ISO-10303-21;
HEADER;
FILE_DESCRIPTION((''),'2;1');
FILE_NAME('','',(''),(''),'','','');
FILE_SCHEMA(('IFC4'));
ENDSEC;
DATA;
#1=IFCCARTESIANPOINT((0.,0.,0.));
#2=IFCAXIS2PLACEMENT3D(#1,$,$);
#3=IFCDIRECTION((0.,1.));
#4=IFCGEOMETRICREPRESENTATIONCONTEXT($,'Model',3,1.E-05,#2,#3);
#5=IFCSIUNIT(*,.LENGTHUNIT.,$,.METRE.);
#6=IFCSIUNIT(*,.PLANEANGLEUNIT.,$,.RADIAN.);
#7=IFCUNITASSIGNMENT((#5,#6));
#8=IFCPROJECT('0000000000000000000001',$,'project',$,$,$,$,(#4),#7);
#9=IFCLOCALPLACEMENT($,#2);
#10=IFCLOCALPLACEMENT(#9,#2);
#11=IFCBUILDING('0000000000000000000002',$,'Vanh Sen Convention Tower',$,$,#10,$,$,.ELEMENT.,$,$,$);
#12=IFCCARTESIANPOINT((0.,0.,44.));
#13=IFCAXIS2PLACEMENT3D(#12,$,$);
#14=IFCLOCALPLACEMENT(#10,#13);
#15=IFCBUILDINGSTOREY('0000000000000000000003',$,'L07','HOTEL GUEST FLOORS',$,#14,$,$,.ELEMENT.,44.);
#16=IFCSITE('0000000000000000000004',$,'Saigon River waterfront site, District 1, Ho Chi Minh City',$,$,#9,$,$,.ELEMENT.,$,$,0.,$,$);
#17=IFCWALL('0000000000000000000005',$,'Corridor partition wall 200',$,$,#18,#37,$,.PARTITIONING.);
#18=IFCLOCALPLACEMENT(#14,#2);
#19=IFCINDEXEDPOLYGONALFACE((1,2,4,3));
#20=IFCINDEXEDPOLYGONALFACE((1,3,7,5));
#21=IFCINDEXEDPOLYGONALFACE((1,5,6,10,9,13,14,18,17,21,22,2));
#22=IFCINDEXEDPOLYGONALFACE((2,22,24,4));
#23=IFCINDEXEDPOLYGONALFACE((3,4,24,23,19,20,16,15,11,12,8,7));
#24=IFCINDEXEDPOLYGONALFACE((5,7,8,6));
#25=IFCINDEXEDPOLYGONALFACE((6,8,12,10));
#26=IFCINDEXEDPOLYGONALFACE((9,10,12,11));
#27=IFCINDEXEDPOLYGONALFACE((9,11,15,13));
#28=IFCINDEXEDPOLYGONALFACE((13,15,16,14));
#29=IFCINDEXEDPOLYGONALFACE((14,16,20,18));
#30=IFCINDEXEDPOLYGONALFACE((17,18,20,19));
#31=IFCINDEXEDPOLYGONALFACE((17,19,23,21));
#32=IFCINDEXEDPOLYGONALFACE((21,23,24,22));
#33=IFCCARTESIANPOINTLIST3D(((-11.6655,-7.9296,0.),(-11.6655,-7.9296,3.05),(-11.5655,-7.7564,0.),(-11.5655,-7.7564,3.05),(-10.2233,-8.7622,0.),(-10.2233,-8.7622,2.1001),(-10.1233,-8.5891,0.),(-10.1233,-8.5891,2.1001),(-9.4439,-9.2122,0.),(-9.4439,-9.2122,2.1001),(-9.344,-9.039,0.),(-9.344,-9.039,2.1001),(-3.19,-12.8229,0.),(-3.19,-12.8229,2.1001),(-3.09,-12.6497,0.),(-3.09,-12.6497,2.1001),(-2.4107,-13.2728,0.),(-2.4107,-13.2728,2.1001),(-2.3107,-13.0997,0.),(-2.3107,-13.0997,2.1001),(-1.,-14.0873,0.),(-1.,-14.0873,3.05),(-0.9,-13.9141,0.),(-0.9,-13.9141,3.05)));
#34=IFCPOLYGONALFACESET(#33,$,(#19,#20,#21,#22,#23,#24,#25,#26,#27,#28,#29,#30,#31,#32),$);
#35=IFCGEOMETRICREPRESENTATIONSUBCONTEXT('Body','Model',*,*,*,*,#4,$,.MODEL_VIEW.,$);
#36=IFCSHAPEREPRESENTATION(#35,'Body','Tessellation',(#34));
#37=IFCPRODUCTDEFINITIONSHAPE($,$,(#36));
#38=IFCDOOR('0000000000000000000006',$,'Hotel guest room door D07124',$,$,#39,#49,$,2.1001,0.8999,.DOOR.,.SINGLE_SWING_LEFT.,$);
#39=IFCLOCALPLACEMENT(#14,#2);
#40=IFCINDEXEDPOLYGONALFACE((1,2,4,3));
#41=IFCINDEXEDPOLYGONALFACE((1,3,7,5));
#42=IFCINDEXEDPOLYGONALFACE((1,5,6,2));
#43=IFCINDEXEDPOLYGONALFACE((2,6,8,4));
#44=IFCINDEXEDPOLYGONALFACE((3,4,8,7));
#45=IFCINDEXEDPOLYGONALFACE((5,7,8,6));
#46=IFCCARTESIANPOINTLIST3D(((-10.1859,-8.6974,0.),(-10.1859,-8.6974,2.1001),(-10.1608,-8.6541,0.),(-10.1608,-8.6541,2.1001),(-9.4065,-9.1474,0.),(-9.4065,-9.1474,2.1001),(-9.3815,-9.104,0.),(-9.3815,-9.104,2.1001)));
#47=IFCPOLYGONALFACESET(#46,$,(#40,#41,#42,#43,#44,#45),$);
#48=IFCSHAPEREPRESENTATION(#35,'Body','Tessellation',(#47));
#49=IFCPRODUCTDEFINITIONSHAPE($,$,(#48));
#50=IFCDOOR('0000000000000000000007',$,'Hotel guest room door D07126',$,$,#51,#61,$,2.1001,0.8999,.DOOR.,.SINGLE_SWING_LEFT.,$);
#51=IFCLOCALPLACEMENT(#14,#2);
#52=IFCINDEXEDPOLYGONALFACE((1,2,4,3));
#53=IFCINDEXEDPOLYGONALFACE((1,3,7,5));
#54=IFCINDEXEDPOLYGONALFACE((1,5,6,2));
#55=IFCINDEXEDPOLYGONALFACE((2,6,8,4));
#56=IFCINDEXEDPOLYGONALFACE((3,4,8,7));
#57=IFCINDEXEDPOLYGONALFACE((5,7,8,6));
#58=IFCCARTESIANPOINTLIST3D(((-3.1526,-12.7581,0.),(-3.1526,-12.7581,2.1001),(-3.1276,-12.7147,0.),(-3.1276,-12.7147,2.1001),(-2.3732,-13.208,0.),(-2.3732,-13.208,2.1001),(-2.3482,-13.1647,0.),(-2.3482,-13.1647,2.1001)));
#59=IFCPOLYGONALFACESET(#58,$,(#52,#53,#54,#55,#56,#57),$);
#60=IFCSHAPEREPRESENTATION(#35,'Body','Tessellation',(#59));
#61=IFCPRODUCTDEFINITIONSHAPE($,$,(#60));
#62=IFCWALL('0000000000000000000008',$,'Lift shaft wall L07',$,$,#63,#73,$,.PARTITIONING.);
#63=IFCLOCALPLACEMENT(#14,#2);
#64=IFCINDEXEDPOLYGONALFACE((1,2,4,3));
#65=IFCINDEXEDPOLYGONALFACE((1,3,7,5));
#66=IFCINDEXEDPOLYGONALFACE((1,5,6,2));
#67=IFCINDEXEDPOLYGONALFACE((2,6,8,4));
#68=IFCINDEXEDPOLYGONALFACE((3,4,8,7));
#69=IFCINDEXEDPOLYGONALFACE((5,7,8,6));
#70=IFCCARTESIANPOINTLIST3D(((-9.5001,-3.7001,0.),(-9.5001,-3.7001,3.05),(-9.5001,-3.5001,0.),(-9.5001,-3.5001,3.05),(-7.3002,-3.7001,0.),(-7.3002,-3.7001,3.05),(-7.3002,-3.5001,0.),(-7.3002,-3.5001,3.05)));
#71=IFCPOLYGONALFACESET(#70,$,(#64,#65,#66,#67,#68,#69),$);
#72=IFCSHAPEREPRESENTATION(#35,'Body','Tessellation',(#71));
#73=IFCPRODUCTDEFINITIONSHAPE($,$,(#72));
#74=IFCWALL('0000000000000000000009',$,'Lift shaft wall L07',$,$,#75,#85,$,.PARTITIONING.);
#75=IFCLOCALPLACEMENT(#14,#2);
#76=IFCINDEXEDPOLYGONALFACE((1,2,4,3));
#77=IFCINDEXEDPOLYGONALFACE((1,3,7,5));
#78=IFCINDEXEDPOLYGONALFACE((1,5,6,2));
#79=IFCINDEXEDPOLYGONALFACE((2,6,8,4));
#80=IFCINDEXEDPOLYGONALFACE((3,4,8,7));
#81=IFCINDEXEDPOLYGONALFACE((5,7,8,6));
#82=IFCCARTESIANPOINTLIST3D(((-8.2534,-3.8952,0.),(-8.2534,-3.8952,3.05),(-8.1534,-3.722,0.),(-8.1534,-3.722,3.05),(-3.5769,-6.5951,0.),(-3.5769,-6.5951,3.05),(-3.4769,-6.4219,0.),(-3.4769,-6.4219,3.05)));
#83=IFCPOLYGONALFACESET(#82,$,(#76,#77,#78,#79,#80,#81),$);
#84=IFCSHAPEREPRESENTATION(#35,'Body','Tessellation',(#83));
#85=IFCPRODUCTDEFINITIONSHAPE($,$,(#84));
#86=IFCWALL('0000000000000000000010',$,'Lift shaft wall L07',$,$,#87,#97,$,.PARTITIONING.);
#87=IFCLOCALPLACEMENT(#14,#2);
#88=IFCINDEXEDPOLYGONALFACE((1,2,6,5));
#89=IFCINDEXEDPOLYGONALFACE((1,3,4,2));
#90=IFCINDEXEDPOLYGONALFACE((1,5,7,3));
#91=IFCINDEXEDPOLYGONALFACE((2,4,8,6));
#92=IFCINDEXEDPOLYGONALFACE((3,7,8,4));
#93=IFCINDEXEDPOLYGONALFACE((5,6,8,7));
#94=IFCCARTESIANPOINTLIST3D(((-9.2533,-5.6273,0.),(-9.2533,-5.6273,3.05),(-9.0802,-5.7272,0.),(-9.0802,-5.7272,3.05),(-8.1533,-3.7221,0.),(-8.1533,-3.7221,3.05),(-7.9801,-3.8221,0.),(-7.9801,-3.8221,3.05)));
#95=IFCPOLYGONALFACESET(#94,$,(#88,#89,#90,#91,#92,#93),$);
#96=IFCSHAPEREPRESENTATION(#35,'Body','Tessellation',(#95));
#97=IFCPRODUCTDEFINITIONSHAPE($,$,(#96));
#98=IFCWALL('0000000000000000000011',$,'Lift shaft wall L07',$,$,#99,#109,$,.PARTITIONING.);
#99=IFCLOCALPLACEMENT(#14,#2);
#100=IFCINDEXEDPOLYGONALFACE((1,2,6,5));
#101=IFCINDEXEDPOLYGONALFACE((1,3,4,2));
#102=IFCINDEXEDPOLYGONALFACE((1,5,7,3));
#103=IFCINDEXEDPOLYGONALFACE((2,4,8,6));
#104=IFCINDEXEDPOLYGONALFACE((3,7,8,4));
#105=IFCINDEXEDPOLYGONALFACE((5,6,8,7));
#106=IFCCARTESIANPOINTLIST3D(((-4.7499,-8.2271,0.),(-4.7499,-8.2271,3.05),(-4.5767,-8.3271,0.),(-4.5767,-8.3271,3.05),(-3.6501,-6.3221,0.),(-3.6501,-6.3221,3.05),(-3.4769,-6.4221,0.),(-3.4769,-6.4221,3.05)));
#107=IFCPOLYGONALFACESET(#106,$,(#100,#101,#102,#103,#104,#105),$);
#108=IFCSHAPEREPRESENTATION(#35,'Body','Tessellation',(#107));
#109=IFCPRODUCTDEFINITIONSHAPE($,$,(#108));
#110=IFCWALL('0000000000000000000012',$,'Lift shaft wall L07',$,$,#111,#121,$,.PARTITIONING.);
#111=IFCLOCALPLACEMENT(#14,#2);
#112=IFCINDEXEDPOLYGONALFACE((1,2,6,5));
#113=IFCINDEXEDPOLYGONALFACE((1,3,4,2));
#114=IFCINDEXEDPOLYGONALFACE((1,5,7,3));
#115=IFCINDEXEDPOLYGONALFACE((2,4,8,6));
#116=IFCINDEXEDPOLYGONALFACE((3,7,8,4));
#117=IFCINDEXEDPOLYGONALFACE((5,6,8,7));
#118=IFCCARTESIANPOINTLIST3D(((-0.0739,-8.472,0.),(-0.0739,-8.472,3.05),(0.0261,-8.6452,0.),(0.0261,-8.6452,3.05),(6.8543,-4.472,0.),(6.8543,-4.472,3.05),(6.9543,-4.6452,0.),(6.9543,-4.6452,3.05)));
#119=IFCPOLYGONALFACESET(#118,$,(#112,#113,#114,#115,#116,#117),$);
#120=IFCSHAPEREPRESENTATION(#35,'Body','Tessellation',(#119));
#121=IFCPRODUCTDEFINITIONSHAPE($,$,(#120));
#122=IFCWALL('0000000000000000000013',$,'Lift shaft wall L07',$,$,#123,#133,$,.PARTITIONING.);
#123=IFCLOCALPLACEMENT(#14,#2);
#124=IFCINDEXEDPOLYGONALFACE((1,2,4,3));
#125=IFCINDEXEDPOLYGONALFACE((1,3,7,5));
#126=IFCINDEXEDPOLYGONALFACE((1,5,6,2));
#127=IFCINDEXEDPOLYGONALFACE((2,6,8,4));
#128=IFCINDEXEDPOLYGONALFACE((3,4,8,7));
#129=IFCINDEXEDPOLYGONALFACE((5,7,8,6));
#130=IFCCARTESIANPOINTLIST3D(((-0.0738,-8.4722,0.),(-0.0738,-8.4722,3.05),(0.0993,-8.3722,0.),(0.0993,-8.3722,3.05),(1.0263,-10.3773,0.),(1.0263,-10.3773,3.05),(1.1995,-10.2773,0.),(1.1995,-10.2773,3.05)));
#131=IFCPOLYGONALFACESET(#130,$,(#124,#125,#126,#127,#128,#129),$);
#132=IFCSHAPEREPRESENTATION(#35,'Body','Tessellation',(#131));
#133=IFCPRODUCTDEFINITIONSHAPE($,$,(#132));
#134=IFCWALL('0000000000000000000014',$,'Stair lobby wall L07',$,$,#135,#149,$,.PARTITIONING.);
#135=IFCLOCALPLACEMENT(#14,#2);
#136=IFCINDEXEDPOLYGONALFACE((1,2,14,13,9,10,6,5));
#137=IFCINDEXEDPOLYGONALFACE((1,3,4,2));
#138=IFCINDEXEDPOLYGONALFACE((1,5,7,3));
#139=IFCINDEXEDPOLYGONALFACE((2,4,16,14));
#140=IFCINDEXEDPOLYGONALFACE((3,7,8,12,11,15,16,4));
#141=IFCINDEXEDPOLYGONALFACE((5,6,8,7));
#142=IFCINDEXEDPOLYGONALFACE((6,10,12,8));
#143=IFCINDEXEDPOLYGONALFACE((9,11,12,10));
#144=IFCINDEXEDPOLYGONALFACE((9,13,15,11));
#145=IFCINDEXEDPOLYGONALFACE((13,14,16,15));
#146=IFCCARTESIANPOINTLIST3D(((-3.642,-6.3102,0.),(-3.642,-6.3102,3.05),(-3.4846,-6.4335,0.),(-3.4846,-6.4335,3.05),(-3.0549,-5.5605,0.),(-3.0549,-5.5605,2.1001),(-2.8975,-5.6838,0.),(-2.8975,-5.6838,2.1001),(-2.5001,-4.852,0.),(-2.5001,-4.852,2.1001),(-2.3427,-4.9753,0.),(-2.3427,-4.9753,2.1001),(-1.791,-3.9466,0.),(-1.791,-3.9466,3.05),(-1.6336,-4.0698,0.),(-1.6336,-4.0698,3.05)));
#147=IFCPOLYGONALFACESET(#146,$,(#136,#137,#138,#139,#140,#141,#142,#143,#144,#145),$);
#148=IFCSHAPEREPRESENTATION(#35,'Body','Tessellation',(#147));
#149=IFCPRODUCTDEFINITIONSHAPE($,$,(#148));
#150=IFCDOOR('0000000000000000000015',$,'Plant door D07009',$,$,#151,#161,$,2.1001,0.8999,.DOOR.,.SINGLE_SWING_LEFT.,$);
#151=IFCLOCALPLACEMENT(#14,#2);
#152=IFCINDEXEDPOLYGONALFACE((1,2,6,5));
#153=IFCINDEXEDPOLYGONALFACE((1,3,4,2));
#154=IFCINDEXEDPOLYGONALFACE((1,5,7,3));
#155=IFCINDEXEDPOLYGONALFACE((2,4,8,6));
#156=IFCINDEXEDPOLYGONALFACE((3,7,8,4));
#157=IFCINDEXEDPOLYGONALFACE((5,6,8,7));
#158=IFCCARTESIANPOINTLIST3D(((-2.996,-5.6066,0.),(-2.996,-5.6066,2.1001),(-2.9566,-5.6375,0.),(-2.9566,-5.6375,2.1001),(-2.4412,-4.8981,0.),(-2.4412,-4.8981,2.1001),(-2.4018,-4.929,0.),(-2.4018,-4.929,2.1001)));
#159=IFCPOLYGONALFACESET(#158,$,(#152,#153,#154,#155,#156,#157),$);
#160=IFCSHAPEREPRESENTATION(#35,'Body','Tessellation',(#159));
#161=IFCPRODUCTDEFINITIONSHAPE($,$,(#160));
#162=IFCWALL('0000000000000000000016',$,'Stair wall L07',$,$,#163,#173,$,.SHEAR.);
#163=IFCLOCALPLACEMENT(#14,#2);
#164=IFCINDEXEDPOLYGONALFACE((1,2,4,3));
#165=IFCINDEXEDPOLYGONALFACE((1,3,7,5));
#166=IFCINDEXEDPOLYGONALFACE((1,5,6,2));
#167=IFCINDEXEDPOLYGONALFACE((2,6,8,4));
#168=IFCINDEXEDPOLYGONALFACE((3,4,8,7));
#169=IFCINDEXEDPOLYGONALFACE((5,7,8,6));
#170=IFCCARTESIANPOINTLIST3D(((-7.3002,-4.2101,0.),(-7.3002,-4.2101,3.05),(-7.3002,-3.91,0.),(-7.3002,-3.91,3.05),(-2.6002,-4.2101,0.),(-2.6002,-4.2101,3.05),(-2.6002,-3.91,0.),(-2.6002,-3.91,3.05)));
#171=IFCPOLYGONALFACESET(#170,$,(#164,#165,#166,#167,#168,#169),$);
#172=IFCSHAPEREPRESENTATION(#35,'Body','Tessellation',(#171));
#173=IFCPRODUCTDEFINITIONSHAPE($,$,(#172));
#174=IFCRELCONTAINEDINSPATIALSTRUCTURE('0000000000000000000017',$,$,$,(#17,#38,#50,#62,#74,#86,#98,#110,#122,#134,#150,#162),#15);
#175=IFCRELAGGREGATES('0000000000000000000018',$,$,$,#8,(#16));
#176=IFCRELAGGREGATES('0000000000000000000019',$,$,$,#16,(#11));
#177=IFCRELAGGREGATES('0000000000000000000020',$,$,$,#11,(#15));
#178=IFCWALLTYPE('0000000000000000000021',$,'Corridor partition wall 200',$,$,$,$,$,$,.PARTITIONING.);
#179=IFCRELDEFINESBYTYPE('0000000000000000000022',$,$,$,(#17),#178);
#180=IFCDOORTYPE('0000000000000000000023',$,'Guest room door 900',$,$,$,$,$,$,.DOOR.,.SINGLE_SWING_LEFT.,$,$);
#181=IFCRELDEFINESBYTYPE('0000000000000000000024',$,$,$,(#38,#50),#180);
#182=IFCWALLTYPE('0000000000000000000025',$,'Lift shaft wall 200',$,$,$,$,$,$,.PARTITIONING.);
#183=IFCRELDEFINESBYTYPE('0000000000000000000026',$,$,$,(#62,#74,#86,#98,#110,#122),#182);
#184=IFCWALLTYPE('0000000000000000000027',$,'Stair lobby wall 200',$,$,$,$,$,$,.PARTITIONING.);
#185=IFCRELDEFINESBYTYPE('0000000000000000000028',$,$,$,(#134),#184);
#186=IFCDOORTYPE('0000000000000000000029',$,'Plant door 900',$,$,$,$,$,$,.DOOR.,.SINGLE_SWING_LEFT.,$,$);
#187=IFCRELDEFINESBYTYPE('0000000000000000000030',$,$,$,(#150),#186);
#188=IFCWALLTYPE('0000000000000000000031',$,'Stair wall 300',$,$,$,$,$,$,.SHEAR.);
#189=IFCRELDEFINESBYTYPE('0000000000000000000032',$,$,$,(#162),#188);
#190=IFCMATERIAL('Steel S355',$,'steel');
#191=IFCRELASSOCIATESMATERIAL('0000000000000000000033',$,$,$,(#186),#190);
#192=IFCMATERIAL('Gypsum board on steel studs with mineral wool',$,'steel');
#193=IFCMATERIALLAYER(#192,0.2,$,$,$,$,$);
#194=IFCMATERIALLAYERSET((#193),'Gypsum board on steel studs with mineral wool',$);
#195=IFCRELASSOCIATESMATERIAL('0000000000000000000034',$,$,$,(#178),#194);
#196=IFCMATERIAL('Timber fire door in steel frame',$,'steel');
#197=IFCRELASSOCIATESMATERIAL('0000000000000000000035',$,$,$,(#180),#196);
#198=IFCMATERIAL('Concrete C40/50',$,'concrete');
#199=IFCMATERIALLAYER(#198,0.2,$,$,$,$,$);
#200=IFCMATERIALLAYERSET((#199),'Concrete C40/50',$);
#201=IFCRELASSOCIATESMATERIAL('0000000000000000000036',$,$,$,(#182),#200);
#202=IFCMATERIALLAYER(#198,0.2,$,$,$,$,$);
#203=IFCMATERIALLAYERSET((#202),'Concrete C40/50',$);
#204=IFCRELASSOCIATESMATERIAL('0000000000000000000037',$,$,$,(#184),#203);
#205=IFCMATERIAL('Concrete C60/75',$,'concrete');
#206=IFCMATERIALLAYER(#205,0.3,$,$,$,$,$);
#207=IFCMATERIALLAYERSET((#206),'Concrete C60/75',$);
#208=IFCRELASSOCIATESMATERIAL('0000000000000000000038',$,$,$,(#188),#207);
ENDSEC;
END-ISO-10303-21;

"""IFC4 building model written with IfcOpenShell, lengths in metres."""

from ifc_helpers import new_model, si_unit, direction, frame, frame_2d, origin, place, context, subcontext, project, spatial, rectangle, extrude, material, layer, layer_set, type_object, element, fill, save


model = new_model("IFC4")

# Units and contexts
model_context = context("Model", 3, precision=1e-05, world=origin(), true_north=direction((0.0, 1.0)))
body_context = subcontext(model_context, "Body", "Model", "MODEL_VIEW")
ifc_project = project(units=[si_unit("LENGTHUNIT", "METRE"), si_unit("PLANEANGLEUNIT", "RADIAN")], contexts=[model_context])

# Site, building, storey
site_placement = place(None, origin())
site = spatial("IfcSite", under=ifc_project, at=site_placement, Name="Saigon River waterfront site, District 1, Ho Chi Minh City", CompositionType="ELEMENT", RefElevation=0.0)
building_placement = place(site_placement, origin())
building = spatial("IfcBuilding", under=site, at=building_placement, Name="Vanh Sen Convention Tower", CompositionType="ELEMENT")
storey_placement = place(building_placement, frame((0.0, 0.0, 44.0)))
storey = spatial("IfcBuildingStorey", under=building, at=storey_placement, Name="L07", Description="HOTEL GUEST FLOORS", CompositionType="ELEMENT", Elevation=44.0)

# Shared definitions
ifc_material_1 = material(Name="Concrete C40/50", Category="concrete")

# Shared definitions
ifc_material_2 = material(Name="Steel S355", Category="steel")
door_type_1 = type_object("IfcDoorType", Name="Plant door 900", OperationType="SINGLE_SWING_LEFT", PredefinedType="DOOR", material=ifc_material_2)

# Shared definitions
ifc_material_3 = material(Name="Gypsum board on steel studs with mineral wool", Category="steel")
ifc_layer_1 = layer(ifc_material_3, 0.2)
ifc_layer_set_1 = layer_set([ifc_layer_1], Name="Gypsum board on steel studs with mineral wool")
wall_type_1 = type_object("IfcWallType", Name="Corridor partition wall 200", PredefinedType="PARTITIONING", material=ifc_layer_set_1)
ifc_material_4 = material(Name="Timber fire door in steel frame", Category="steel")
door_type_2 = type_object("IfcDoorType", Name="Guest room door 900", OperationType="SINGLE_SWING_LEFT", PredefinedType="DOOR", material=ifc_material_4)

# Wall, openings, doors
wall_1_placement = place(storey_placement, frame((-11.6155, -7.843, 0.0), z_axis=(0.0, 0.0, 1.0), x_axis=(0.866026, -0.499998, 0.0)))
wall_1 = element("IfcWall", 1, at=wall_1_placement, inside=storey, type_object=wall_type_1, Name="Corridor partition wall 200", PredefinedType="PARTITIONING", context=body_context, shape_type="SweptSolid", body=[
    extrude(rectangle(XDim=12.3154, YDim=0.2, at=frame_2d((6.1577, 0.0))), origin(), (0.0, 0.0, 1.0), 3.05),
])
opening_1_placement = place(wall_1_placement, frame((1.6653, 0.0, 0.0)))
opening_1 = element("IfcOpeningElement", 2, at=opening_1_placement, cuts=wall_1, PredefinedType="OPENING", context=body_context, shape_type="SweptSolid", body=[
    extrude(rectangle(XDim=0.8999, YDim=2.1001, at=frame_2d((0.45, 1.05))), frame((0.0, 0.1099, 0.0), z_axis=(0.0, -1.0, 0.0), x_axis=(1.0, 0.0, 0.0)), (0.0, 0.0, 1.0), 0.22),
])
opening_2_placement = place(wall_1_placement, frame((9.7866, 0.0, 0.0)))
opening_2 = element("IfcOpeningElement", 3, at=opening_2_placement, cuts=wall_1, PredefinedType="OPENING", context=body_context, shape_type="SweptSolid", body=[
    extrude(rectangle(XDim=0.8999, YDim=2.1001, at=frame_2d((0.45, 1.05))), frame((0.0, 0.1099, 0.0), z_axis=(0.0, -1.0, 0.0), x_axis=(1.0, 0.0, 0.0)), (0.0, 0.0, 1.0), 0.22),
])
door_1_placement = place(opening_1_placement, origin())
door_1 = element("IfcDoor", 4, at=door_1_placement, inside=storey, type_object=door_type_2, Name="Hotel guest room door D07124", OperationType="SINGLE_SWING_LEFT", OverallHeight=2.1001, OverallWidth=0.8999, PredefinedType="DOOR", context=body_context, shape_type="SweptSolid", body=[
    extrude(rectangle(XDim=0.8999, YDim=2.1001, at=frame_2d((0.45, 1.05))), frame((0.0, 0.0249, 0.0), z_axis=(0.0, -1.0, 0.0), x_axis=(1.0, 0.0, 0.0)), (0.0, 0.0, 1.0), 0.05),
])
fill(opening_1, door_1)
door_2_placement = place(opening_2_placement, origin())
door_2 = element("IfcDoor", 5, at=door_2_placement, inside=storey, type_object=door_type_2, Name="Hotel guest room door D07126", OperationType="SINGLE_SWING_LEFT", OverallHeight=2.1001, OverallWidth=0.8999, PredefinedType="DOOR", context=body_context, shape_type="SweptSolid", body=[
    extrude(rectangle(XDim=0.8999, YDim=2.1001, at=frame_2d((0.45, 1.05))), frame((0.0, 0.0249, 0.0), z_axis=(0.0, -1.0, 0.0), x_axis=(1.0, 0.0, 0.0)), (0.0, 0.0, 1.0), 0.05),
])
fill(opening_2, door_2)

# Walls
ifc_layer_2 = layer(ifc_material_1, 0.2)
ifc_layer_set_2 = layer_set([ifc_layer_2], Name="Concrete C40/50")
wall_type_2 = type_object("IfcWallType", Name="Lift shaft wall 200", PredefinedType="PARTITIONING", material=ifc_layer_set_2)
wall_2_placement = place(storey_placement, frame((-7.3, -3.6001, 0.0), z_axis=(0.0, 0.0, 1.0), x_axis=(-1.0, 0.0, 0.0)))
element("IfcWall", 6, at=wall_2_placement, inside=storey, type_object=wall_type_2, Name="Lift shaft wall L07", PredefinedType="PARTITIONING", context=body_context, shape_type="SweptSolid", body=[
    extrude(rectangle(XDim=2.2, YDim=0.2, at=frame_2d((1.1001, 0.0))), origin(), (0.0, 0.0, 1.0), 3.05),
])
wall_3_placement = place(storey_placement, frame((-8.2034, -3.8086, 0.0), z_axis=(0.0, 0.0, 1.0), x_axis=(0.866028, -0.499995, 0.0)))
element("IfcWall", 7, at=wall_3_placement, inside=storey, type_object=wall_type_2, Name="Lift shaft wall L07", PredefinedType="PARTITIONING", context=body_context, shape_type="SweptSolid", body=[
    extrude(rectangle(XDim=5.3999, YDim=0.2, at=frame_2d((2.7, 0.0))), origin(), (0.0, 0.0, 1.0), 3.05),
])
wall_4_placement = place(storey_placement, frame((-8.0667, -3.772, 0.0), z_axis=(0.0, 0.0, 1.0), x_axis=(-0.50003, -0.866008, 0.0)))
element("IfcWall", 8, at=wall_4_placement, inside=storey, type_object=wall_type_2, Name="Lift shaft wall L07", PredefinedType="PARTITIONING", context=body_context, shape_type="SweptSolid", body=[
    extrude(rectangle(XDim=2.2, YDim=0.2, at=frame_2d((1.1001, 0.0))), origin(), (0.0, 0.0, 1.0), 3.05),
])
wall_5_placement = place(storey_placement, frame((-3.5635, -6.3721, 0.0), z_axis=(0.0, 0.0, 1.0), x_axis=(-0.499995, -0.866028, 0.0)))
element("IfcWall", 9, at=wall_5_placement, inside=storey, type_object=wall_type_2, Name="Lift shaft wall L07", PredefinedType="PARTITIONING", context=body_context, shape_type="SweptSolid", body=[
    extrude(rectangle(XDim=2.1997, YDim=0.2, at=frame_2d((1.0999, 0.0))), origin(), (0.0, 0.0, 1.0), 3.05),
])
wall_6_placement = place(storey_placement, frame((-0.0239, -8.5586, 0.0), z_axis=(0.0, 0.0, 1.0), x_axis=(0.866026, 0.499999, 0.0)))
element("IfcWall", 10, at=wall_6_placement, inside=storey, type_object=wall_type_2, Name="Lift shaft wall L07", PredefinedType="PARTITIONING", context=body_context, shape_type="SweptSolid", body=[
    extrude(rectangle(XDim=8.0, YDim=0.2, at=frame_2d((4.0, 0.0))), origin(), (0.0, 0.0, 1.0), 3.05),
])
wall_7_placement = place(storey_placement, frame((0.0127, -8.4221, 0.0), z_axis=(0.0, 0.0, 1.0), x_axis=(0.500078, -0.86598, 0.0)))
element("IfcWall", 11, at=wall_7_placement, inside=storey, type_object=wall_type_2, Name="Lift shaft wall L07", PredefinedType="PARTITIONING", context=body_context, shape_type="SweptSolid", body=[
    extrude(rectangle(XDim=2.2, YDim=0.2, at=frame_2d((1.1001, 0.0))), origin(), (0.0, 0.0, 1.0), 3.05),
])

# Wall, opening, door
ifc_layer_3 = layer(ifc_material_1, 0.2)
ifc_layer_set_3 = layer_set([ifc_layer_3], Name="Concrete C40/50")
wall_type_3 = type_object("IfcWallType", Name="Stair lobby wall 200", PredefinedType="PARTITIONING", material=ifc_layer_set_3)
wall_8_placement = place(storey_placement, frame((-1.7124, -4.0083, 0.0), z_axis=(0.0, 0.0, 1.0), x_axis=(-0.616549, -0.787316, 0.0)))
wall_8 = element("IfcWall", 12, at=wall_8_placement, inside=storey, type_object=wall_type_3, Name="Stair lobby wall L07", PredefinedType="PARTITIONING", context=body_context, shape_type="SweptSolid", body=[
    extrude(rectangle(XDim=3.0022, YDim=0.2, at=frame_2d((1.501, 0.0))), origin(), (0.0, 0.0, 1.0), 3.05),
])
opening_3_placement = place(wall_8_placement, frame((1.1499, 0.0, 0.0)))
opening_3 = element("IfcOpeningElement", 13, at=opening_3_placement, cuts=wall_8, PredefinedType="OPENING", context=body_context, shape_type="SweptSolid", body=[
    extrude(rectangle(XDim=0.8999, YDim=2.1001, at=frame_2d((0.45, 1.05))), frame((0.0, 0.1099, 0.0), z_axis=(0.0, -1.0, 0.0), x_axis=(1.0, 0.0, 0.0)), (0.0, 0.0, 1.0), 0.22),
])
door_3_placement = place(opening_3_placement, origin())
door_3 = element("IfcDoor", 14, at=door_3_placement, inside=storey, type_object=door_type_1, Name="Plant door D07009", OperationType="SINGLE_SWING_LEFT", OverallHeight=2.1001, OverallWidth=0.8999, PredefinedType="DOOR", context=body_context, shape_type="SweptSolid", body=[
    extrude(rectangle(XDim=0.8999, YDim=2.1001, at=frame_2d((0.45, 1.05))), frame((0.0, 0.0249, 0.0), z_axis=(0.0, -1.0, 0.0), x_axis=(1.0, 0.0, 0.0)), (0.0, 0.0, 1.0), 0.05),
])
fill(opening_3, door_3)

# Wall
ifc_material_5 = material(Name="Concrete C60/75", Category="concrete")
ifc_layer_4 = layer(ifc_material_5, 0.3)
ifc_layer_set_4 = layer_set([ifc_layer_4], Name="Concrete C60/75")
wall_type_4 = type_object("IfcWallType", Name="Stair wall 300", PredefinedType="SHEAR", material=ifc_layer_set_4)
wall_9_placement = place(storey_placement, frame((-2.6001, -4.0601, 0.0), z_axis=(0.0, 0.0, 1.0), x_axis=(-1.0, 0.0, 0.0)))
element("IfcWall", 15, at=wall_9_placement, inside=storey, type_object=wall_type_4, Name="Stair wall L07", PredefinedType="SHEAR", context=body_context, shape_type="SweptSolid", body=[
    extrude(rectangle(XDim=4.7, YDim=0.3, at=frame_2d((2.3501, 0.0))), origin(), (0.0, 0.0, 1.0), 3.05),
])

save(model, "model.ifc")
